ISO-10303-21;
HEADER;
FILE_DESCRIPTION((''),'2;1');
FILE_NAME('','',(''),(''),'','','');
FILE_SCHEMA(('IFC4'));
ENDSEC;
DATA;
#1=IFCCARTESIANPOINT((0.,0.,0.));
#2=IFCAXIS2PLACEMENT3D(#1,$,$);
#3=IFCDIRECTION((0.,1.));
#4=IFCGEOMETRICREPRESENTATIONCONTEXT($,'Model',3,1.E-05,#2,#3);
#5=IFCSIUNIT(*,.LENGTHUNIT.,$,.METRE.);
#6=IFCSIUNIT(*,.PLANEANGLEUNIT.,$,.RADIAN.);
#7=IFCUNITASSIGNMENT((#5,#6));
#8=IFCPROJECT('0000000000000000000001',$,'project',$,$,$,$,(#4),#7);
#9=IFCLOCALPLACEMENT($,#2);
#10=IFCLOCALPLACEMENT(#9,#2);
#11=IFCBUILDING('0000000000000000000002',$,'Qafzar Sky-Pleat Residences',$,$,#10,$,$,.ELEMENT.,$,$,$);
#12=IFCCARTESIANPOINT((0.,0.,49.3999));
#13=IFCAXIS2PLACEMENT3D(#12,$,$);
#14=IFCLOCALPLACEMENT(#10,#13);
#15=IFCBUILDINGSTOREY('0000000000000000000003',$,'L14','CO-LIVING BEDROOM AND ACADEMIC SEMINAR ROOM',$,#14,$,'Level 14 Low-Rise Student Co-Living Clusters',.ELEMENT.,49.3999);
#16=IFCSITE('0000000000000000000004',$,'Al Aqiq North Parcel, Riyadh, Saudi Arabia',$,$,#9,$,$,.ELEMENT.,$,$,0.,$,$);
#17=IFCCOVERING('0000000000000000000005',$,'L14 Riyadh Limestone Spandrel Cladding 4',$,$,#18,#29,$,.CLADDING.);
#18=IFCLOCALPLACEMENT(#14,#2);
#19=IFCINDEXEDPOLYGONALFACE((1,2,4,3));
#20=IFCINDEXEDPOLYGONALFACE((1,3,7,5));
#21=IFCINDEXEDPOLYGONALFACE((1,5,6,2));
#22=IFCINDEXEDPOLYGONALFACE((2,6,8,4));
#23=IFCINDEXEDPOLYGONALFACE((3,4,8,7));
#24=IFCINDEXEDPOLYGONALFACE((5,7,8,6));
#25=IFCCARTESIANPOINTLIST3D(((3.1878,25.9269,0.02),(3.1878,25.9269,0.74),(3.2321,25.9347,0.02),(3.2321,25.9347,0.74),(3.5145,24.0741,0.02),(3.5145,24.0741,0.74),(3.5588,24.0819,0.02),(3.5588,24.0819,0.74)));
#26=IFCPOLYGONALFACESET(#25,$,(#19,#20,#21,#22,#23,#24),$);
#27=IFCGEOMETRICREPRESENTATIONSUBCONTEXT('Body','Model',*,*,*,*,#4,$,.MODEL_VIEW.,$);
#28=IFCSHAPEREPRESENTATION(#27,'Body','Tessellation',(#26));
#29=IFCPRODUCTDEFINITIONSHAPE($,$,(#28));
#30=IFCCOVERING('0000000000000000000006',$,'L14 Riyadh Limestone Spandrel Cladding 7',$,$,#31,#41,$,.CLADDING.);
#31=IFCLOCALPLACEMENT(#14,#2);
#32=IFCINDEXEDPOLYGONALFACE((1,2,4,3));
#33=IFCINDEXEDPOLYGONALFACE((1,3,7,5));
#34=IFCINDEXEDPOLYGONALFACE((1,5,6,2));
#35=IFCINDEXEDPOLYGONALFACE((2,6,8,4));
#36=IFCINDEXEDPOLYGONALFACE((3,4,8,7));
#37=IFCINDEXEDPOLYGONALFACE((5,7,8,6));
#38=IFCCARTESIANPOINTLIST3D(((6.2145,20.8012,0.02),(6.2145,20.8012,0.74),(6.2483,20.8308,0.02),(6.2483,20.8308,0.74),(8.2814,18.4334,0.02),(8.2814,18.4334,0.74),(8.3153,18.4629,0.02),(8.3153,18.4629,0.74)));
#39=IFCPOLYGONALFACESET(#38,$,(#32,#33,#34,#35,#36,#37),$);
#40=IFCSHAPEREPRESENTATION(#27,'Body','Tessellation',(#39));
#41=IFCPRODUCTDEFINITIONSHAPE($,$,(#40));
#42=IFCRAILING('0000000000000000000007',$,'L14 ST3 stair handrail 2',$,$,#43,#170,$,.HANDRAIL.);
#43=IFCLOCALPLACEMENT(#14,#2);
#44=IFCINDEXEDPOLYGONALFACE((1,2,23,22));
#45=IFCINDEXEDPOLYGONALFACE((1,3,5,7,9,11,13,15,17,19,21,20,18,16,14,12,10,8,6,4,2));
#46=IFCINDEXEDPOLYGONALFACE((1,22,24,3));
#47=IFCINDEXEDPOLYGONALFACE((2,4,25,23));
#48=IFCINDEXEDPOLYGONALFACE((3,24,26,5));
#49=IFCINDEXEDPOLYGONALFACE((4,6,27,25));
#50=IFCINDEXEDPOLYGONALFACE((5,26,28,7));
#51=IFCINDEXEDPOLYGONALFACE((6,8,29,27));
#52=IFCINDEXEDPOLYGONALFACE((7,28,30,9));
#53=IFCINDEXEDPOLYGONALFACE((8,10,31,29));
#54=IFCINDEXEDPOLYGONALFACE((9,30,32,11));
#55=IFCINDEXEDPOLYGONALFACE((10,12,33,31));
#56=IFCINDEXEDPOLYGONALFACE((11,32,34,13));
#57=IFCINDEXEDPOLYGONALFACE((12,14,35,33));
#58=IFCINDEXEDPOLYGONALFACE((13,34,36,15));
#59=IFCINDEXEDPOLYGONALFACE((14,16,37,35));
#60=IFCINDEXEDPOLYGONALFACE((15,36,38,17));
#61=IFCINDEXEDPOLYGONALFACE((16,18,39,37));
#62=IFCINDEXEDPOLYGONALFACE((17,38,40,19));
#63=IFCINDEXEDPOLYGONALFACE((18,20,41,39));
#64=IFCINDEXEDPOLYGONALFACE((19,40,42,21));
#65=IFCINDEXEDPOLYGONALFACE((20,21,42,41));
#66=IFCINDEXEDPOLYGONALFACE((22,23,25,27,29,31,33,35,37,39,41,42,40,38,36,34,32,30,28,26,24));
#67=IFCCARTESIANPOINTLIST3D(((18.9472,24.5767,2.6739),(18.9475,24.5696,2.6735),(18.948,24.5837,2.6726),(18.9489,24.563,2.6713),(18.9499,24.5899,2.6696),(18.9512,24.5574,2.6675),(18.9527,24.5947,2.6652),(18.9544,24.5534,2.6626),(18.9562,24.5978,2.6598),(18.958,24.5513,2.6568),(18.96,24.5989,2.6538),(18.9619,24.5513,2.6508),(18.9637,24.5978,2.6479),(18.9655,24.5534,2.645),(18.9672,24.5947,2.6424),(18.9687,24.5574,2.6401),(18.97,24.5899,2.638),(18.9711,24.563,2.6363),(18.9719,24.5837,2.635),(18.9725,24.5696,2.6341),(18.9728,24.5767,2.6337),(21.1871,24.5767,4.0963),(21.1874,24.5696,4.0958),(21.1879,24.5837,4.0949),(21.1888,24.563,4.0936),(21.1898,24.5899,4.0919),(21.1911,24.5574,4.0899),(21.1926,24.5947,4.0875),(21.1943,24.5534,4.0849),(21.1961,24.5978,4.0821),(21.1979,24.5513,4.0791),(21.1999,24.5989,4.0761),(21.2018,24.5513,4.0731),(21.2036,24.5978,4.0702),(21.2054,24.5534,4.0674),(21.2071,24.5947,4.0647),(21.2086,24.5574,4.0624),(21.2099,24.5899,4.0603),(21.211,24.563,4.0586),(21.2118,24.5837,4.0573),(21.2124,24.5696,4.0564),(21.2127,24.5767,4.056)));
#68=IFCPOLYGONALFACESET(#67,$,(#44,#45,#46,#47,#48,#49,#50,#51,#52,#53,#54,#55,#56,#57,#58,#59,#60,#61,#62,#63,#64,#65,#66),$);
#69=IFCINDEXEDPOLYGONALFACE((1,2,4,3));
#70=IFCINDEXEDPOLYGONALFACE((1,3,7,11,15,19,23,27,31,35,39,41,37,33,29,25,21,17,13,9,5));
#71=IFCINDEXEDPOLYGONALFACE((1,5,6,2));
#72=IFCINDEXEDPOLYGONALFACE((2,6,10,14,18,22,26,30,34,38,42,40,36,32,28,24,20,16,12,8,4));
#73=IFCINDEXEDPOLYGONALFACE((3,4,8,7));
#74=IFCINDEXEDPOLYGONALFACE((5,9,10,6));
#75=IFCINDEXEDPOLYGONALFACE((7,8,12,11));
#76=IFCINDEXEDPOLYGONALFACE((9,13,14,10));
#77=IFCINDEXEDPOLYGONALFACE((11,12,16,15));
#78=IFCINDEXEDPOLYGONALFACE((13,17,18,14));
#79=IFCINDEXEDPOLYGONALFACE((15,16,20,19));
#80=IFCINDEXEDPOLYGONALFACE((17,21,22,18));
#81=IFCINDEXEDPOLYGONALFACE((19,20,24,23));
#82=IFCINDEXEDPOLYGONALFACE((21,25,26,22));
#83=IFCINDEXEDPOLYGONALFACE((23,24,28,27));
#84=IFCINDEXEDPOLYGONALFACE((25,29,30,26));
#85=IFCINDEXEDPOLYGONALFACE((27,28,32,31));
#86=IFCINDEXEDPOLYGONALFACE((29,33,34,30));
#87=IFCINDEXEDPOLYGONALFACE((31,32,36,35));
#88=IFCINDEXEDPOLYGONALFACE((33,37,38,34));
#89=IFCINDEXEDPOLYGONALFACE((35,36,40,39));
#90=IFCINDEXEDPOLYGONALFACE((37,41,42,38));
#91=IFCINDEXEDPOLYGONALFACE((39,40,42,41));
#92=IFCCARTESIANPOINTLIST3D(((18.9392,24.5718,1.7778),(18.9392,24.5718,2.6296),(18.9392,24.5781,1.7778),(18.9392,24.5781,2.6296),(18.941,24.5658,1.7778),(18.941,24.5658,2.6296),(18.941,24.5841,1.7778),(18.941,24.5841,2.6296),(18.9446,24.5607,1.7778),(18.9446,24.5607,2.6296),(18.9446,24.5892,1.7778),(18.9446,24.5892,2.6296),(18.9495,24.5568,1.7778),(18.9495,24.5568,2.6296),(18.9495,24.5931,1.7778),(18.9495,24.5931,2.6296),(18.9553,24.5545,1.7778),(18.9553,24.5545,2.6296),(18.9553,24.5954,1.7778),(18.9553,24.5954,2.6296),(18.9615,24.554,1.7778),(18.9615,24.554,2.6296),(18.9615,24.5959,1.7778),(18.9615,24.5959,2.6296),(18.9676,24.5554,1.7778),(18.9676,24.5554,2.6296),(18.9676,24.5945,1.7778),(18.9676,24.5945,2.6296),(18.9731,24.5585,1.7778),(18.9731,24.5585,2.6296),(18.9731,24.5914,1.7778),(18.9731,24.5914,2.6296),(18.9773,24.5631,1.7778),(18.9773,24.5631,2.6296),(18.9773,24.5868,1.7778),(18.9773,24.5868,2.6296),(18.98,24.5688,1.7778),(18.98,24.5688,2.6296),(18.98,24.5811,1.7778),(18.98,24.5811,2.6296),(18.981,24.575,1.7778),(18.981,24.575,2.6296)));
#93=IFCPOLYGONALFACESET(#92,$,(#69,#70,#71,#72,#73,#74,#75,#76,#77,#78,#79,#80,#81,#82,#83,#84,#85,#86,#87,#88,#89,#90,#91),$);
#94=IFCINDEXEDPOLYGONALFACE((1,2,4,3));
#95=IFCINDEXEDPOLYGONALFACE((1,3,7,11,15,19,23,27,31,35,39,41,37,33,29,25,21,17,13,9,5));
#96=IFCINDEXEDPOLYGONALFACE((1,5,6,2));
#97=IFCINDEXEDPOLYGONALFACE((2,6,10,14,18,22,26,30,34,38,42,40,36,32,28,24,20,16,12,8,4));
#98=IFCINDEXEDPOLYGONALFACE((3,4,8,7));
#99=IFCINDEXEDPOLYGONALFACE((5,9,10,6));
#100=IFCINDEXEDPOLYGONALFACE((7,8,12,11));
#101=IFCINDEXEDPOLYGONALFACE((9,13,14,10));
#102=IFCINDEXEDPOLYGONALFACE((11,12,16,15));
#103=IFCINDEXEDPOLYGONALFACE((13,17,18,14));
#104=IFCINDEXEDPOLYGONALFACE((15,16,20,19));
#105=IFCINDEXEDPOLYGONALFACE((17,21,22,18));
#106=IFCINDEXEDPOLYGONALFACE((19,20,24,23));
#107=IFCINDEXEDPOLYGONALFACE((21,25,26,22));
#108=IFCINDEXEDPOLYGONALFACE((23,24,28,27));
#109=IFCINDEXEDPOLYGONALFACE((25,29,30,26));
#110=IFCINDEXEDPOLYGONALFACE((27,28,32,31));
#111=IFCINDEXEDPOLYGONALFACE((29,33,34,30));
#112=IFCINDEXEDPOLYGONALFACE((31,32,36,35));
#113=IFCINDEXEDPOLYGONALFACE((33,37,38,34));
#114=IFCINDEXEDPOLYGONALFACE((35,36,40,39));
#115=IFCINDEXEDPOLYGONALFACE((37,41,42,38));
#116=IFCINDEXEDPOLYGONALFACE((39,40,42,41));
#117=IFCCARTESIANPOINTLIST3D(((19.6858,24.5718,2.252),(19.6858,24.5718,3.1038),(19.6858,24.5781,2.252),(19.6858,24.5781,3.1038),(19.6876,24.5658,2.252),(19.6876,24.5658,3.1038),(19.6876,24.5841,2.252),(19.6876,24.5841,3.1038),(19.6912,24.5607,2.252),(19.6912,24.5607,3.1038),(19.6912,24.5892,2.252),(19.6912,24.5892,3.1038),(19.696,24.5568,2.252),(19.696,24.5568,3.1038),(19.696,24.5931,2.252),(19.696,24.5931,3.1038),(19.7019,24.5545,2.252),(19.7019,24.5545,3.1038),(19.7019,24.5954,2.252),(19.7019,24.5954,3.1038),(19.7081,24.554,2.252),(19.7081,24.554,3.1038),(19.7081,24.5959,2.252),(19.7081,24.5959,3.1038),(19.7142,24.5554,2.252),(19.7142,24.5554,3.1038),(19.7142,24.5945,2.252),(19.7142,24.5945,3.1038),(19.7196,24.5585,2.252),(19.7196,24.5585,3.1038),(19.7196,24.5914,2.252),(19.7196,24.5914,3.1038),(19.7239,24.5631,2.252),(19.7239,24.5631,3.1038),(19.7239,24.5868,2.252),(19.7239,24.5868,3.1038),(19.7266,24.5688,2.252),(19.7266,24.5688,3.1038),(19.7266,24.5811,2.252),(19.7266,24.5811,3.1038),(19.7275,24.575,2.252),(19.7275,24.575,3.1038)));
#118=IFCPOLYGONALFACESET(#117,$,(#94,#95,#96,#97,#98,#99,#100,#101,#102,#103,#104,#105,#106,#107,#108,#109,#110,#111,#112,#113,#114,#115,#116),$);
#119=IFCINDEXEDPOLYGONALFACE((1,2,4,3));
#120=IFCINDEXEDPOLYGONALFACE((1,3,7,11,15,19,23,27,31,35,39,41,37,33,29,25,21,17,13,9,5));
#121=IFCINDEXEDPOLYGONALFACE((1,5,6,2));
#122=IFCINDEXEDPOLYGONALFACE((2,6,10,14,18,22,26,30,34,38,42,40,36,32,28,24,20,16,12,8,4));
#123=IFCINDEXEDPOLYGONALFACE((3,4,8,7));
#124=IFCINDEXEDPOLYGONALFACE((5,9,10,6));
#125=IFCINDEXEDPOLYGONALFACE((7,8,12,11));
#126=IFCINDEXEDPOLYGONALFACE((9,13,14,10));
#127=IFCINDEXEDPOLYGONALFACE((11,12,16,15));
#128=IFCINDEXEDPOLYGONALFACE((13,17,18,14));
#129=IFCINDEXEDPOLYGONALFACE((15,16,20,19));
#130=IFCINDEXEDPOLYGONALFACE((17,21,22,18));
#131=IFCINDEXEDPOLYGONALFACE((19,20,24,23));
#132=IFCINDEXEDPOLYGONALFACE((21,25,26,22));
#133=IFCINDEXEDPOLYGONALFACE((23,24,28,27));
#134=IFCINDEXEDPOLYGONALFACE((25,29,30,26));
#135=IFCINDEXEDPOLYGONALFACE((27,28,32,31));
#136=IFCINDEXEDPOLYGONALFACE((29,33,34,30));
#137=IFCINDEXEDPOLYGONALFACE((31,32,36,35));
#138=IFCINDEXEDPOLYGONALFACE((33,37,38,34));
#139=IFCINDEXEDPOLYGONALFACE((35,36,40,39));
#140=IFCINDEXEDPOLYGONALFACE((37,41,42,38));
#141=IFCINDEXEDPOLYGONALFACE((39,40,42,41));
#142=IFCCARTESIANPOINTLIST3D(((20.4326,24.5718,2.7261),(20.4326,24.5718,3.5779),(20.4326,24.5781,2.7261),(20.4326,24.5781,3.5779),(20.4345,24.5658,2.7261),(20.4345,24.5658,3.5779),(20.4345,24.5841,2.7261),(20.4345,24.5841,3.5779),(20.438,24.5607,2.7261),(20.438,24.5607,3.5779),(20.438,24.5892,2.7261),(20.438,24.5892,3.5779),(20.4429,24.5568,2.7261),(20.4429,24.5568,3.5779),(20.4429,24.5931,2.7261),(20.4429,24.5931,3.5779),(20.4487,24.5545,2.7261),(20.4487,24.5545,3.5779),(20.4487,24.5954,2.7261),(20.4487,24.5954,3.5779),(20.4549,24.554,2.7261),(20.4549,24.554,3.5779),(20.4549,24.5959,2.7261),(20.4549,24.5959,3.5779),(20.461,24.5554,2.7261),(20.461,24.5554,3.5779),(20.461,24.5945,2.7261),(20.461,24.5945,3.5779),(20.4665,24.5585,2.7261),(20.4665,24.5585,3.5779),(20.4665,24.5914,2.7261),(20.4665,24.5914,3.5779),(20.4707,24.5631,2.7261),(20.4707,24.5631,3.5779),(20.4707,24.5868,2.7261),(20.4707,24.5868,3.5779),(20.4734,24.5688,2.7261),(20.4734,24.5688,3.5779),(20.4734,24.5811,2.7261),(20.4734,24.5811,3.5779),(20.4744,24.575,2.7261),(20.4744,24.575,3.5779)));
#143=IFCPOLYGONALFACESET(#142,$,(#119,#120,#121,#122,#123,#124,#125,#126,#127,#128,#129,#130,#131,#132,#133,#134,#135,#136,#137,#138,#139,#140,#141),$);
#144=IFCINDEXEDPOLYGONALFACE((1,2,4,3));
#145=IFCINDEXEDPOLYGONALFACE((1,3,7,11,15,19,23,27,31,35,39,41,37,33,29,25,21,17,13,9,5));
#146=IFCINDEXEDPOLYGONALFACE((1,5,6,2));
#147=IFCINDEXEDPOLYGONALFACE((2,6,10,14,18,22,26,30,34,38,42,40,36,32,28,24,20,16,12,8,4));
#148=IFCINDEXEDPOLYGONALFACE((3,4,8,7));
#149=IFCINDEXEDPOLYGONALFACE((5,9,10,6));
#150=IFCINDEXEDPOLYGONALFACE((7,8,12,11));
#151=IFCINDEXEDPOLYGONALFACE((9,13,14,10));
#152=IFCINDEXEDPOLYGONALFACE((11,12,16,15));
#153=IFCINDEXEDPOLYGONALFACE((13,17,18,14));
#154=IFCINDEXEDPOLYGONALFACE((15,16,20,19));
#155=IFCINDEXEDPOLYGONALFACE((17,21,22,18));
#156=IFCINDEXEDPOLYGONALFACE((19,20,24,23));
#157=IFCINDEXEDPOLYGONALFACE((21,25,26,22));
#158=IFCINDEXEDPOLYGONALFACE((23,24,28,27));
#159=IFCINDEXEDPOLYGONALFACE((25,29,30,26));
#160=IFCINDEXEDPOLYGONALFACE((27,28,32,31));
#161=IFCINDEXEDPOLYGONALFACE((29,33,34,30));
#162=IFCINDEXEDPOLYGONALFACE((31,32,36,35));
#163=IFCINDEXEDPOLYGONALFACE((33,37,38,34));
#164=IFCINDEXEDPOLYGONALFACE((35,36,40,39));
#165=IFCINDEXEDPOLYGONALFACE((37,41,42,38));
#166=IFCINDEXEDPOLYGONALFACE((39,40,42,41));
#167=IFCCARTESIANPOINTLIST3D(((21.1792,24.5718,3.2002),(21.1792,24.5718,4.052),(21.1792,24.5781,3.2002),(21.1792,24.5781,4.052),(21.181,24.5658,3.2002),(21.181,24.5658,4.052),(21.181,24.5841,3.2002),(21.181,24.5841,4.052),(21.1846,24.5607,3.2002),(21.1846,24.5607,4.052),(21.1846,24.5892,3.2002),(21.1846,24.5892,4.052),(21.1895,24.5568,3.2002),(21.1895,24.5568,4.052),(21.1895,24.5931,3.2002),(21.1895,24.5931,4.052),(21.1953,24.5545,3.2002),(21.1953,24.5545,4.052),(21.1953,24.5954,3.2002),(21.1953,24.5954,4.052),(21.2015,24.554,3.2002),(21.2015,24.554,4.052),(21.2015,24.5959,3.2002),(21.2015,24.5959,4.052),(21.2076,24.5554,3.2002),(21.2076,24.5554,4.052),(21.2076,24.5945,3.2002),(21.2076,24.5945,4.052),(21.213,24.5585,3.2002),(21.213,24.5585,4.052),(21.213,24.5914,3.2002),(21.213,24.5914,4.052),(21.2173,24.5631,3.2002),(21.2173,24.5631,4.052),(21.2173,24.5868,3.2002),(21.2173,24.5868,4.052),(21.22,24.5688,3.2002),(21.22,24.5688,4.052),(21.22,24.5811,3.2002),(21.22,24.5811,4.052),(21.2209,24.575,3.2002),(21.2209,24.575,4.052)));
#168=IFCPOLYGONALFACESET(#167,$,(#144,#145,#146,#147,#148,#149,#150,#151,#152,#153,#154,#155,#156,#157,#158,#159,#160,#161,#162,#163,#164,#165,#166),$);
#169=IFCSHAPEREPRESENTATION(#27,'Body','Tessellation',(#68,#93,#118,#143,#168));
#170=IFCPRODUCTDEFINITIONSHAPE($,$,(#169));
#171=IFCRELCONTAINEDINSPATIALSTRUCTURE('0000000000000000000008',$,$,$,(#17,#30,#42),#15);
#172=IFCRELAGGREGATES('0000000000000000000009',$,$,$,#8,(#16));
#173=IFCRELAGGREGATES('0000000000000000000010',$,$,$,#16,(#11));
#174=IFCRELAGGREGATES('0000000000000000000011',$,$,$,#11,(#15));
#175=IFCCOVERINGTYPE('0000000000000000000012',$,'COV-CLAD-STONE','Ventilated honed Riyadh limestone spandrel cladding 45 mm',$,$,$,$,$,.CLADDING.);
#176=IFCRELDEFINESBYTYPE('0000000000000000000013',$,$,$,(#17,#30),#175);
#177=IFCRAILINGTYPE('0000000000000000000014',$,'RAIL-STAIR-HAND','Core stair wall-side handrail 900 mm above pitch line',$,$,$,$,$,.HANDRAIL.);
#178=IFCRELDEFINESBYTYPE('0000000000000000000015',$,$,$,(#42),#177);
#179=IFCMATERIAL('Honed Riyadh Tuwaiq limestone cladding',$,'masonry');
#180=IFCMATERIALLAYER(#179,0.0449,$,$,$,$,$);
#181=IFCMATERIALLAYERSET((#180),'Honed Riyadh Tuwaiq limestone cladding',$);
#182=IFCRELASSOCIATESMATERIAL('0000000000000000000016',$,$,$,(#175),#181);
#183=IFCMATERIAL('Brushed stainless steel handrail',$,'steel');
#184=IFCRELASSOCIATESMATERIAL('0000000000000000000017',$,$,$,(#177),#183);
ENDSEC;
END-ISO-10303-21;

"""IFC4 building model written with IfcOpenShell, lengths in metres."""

from ifc_helpers import new_model, si_unit, direction, frame, origin, origin_2d, place, context, subcontext, project, spatial, rectangle, circle, extrude, source, transform, mapped, material, layer, layer_set, type_object, element, save


model = new_model("IFC4")

# Units and contexts
model_context = context("Model", 3, precision=1e-05, world=origin(), true_north=direction((0.0, 1.0)))
body_context = subcontext(model_context, "Body", "Model", "MODEL_VIEW")
ifc_project = project(units=[si_unit("LENGTHUNIT", "METRE"), si_unit("PLANEANGLEUNIT", "RADIAN")], contexts=[model_context])

# Site, building, storey
site_placement = place(None, origin())
site = spatial("IfcSite", under=ifc_project, at=site_placement, Name="Al Aqiq North Parcel, Riyadh, Saudi Arabia", CompositionType="ELEMENT", RefElevation=0.0)
building_placement = place(site_placement, origin())
building = spatial("IfcBuilding", under=site, at=building_placement, Name="Qafzar Sky-Pleat Residences", CompositionType="ELEMENT")
storey_placement = place(building_placement, frame((0.0, 0.0, 49.3999)))
storey = spatial("IfcBuildingStorey", under=building, at=storey_placement, Name="L14", Description="CO-LIVING BEDROOM AND ACADEMIC SEMINAR ROOM", LongName="Level 14 Low-Rise Student Co-Living Clusters", CompositionType="ELEMENT", Elevation=49.3999)

# Covering
ifc_material_1 = material(Name="Honed Riyadh Tuwaiq limestone cladding", Category="masonry")
ifc_layer_1 = layer(ifc_material_1, 0.0449)
ifc_layer_set_1 = layer_set([ifc_layer_1], Name="Honed Riyadh Tuwaiq limestone cladding")
covering_type = type_object("IfcCoveringType", Name="COV-CLAD-STONE", Description="Ventilated honed Riyadh limestone spandrel cladding 45 mm", PredefinedType="CLADDING", material=ifc_layer_set_1)
shared_shape_1 = source(origin(), body_context, "Body", "SweptSolid", [
    extrude(rectangle(XDim=1.8813, YDim=0.0449, at=origin_2d()), origin(), (0.0, 0.0, 1.0), 0.72),
])
covering_1_placement = place(storey_placement, frame((3.3733, 25.0044, 0.02), z_axis=(0.0, 0.0, 1.0), x_axis=(0.173663, -0.984805, 0.0)))
element("IfcCovering", 1, at=covering_1_placement, inside=storey, type_object=covering_type, Name="L14 Riyadh Limestone Spandrel Cladding 4", PredefinedType="CLADDING", context=body_context, shape_type="MappedRepresentation", body=[
    mapped(shared_shape_1, transform((0.0, 0.0, 0.0), x_axis=(1.0, 0.0, 0.0), y_axis=(0.0, 1.0, 0.0), z_axis=(0.0, 0.0, 1.0), scale=1.0)),
])

# Covering
shared_shape_2 = source(origin(), body_context, "Body", "SweptSolid", [
    extrude(rectangle(XDim=3.1431, YDim=0.0449, at=origin_2d()), origin(), (0.0, 0.0, 1.0), 0.72),
])
covering_2_placement = place(storey_placement, frame((7.2649, 19.6321, 0.02), z_axis=(0.0, 0.0, 1.0), x_axis=(0.657622, -0.753348, 0.0)))
element("IfcCovering", 2, at=covering_2_placement, inside=storey, type_object=covering_type, Name="L14 Riyadh Limestone Spandrel Cladding 7", PredefinedType="CLADDING", context=body_context, shape_type="MappedRepresentation", body=[
    mapped(shared_shape_2, transform((0.0, 0.0, 0.0), x_axis=(1.0, 0.0, 0.0), y_axis=(0.0, 1.0, 0.0), z_axis=(0.0, 0.0, 1.0), scale=1.0)),
])

# Railing
ifc_material_2 = material(Name="Brushed stainless steel handrail", Category="steel")
railing_type_1 = type_object("IfcRailingType", Name="RAIL-STAIR-HAND", Description="Core stair wall-side handrail 900 mm above pitch line", PredefinedType="HANDRAIL", material=ifc_material_2)
shared_shape_3 = source(origin(), body_context, "Body", "SweptSolid", [
    extrude(circle(Radius=0.0239, at=origin_2d()), frame((0.0, 0.0, 0.876), z_axis=(0.844188, 0.0, 0.536048), x_axis=(0.0, 1.0, 0.0)), (0.0, 0.0, 1.0), 2.6533),
    extrude(circle(Radius=0.021, at=origin_2d()), origin(), (0.0, 0.0, 1.0), 0.8518),
    extrude(circle(Radius=0.021, at=origin_2d()), frame((0.7466, 0.0, 0.4741)), (0.0, 0.0, 1.0), 0.8518),
    extrude(circle(Radius=0.021, at=origin_2d()), frame((1.4934, 0.0, 0.9482)), (0.0, 0.0, 1.0), 0.8518),
    extrude(circle(Radius=0.021, at=origin_2d()), frame((2.24, 0.0, 1.4224)), (0.0, 0.0, 1.0), 0.8518),
])
railing_1_placement = place(storey_placement, frame((18.96, 24.575, 1.7778)))
element("IfcRailing", 3, at=railing_1_placement, inside=storey, type_object=railing_type_1, Name="L14 ST3 stair handrail 2", PredefinedType="HANDRAIL", context=body_context, shape_type="MappedRepresentation", body=[
    mapped(shared_shape_3, transform((0.0, 0.0, 0.0), x_axis=(1.0, 0.0, 0.0), y_axis=(0.0, 1.0, 0.0), z_axis=(0.0, 0.0, 1.0), scale=1.0)),
])

save(model, "model.ifc")
